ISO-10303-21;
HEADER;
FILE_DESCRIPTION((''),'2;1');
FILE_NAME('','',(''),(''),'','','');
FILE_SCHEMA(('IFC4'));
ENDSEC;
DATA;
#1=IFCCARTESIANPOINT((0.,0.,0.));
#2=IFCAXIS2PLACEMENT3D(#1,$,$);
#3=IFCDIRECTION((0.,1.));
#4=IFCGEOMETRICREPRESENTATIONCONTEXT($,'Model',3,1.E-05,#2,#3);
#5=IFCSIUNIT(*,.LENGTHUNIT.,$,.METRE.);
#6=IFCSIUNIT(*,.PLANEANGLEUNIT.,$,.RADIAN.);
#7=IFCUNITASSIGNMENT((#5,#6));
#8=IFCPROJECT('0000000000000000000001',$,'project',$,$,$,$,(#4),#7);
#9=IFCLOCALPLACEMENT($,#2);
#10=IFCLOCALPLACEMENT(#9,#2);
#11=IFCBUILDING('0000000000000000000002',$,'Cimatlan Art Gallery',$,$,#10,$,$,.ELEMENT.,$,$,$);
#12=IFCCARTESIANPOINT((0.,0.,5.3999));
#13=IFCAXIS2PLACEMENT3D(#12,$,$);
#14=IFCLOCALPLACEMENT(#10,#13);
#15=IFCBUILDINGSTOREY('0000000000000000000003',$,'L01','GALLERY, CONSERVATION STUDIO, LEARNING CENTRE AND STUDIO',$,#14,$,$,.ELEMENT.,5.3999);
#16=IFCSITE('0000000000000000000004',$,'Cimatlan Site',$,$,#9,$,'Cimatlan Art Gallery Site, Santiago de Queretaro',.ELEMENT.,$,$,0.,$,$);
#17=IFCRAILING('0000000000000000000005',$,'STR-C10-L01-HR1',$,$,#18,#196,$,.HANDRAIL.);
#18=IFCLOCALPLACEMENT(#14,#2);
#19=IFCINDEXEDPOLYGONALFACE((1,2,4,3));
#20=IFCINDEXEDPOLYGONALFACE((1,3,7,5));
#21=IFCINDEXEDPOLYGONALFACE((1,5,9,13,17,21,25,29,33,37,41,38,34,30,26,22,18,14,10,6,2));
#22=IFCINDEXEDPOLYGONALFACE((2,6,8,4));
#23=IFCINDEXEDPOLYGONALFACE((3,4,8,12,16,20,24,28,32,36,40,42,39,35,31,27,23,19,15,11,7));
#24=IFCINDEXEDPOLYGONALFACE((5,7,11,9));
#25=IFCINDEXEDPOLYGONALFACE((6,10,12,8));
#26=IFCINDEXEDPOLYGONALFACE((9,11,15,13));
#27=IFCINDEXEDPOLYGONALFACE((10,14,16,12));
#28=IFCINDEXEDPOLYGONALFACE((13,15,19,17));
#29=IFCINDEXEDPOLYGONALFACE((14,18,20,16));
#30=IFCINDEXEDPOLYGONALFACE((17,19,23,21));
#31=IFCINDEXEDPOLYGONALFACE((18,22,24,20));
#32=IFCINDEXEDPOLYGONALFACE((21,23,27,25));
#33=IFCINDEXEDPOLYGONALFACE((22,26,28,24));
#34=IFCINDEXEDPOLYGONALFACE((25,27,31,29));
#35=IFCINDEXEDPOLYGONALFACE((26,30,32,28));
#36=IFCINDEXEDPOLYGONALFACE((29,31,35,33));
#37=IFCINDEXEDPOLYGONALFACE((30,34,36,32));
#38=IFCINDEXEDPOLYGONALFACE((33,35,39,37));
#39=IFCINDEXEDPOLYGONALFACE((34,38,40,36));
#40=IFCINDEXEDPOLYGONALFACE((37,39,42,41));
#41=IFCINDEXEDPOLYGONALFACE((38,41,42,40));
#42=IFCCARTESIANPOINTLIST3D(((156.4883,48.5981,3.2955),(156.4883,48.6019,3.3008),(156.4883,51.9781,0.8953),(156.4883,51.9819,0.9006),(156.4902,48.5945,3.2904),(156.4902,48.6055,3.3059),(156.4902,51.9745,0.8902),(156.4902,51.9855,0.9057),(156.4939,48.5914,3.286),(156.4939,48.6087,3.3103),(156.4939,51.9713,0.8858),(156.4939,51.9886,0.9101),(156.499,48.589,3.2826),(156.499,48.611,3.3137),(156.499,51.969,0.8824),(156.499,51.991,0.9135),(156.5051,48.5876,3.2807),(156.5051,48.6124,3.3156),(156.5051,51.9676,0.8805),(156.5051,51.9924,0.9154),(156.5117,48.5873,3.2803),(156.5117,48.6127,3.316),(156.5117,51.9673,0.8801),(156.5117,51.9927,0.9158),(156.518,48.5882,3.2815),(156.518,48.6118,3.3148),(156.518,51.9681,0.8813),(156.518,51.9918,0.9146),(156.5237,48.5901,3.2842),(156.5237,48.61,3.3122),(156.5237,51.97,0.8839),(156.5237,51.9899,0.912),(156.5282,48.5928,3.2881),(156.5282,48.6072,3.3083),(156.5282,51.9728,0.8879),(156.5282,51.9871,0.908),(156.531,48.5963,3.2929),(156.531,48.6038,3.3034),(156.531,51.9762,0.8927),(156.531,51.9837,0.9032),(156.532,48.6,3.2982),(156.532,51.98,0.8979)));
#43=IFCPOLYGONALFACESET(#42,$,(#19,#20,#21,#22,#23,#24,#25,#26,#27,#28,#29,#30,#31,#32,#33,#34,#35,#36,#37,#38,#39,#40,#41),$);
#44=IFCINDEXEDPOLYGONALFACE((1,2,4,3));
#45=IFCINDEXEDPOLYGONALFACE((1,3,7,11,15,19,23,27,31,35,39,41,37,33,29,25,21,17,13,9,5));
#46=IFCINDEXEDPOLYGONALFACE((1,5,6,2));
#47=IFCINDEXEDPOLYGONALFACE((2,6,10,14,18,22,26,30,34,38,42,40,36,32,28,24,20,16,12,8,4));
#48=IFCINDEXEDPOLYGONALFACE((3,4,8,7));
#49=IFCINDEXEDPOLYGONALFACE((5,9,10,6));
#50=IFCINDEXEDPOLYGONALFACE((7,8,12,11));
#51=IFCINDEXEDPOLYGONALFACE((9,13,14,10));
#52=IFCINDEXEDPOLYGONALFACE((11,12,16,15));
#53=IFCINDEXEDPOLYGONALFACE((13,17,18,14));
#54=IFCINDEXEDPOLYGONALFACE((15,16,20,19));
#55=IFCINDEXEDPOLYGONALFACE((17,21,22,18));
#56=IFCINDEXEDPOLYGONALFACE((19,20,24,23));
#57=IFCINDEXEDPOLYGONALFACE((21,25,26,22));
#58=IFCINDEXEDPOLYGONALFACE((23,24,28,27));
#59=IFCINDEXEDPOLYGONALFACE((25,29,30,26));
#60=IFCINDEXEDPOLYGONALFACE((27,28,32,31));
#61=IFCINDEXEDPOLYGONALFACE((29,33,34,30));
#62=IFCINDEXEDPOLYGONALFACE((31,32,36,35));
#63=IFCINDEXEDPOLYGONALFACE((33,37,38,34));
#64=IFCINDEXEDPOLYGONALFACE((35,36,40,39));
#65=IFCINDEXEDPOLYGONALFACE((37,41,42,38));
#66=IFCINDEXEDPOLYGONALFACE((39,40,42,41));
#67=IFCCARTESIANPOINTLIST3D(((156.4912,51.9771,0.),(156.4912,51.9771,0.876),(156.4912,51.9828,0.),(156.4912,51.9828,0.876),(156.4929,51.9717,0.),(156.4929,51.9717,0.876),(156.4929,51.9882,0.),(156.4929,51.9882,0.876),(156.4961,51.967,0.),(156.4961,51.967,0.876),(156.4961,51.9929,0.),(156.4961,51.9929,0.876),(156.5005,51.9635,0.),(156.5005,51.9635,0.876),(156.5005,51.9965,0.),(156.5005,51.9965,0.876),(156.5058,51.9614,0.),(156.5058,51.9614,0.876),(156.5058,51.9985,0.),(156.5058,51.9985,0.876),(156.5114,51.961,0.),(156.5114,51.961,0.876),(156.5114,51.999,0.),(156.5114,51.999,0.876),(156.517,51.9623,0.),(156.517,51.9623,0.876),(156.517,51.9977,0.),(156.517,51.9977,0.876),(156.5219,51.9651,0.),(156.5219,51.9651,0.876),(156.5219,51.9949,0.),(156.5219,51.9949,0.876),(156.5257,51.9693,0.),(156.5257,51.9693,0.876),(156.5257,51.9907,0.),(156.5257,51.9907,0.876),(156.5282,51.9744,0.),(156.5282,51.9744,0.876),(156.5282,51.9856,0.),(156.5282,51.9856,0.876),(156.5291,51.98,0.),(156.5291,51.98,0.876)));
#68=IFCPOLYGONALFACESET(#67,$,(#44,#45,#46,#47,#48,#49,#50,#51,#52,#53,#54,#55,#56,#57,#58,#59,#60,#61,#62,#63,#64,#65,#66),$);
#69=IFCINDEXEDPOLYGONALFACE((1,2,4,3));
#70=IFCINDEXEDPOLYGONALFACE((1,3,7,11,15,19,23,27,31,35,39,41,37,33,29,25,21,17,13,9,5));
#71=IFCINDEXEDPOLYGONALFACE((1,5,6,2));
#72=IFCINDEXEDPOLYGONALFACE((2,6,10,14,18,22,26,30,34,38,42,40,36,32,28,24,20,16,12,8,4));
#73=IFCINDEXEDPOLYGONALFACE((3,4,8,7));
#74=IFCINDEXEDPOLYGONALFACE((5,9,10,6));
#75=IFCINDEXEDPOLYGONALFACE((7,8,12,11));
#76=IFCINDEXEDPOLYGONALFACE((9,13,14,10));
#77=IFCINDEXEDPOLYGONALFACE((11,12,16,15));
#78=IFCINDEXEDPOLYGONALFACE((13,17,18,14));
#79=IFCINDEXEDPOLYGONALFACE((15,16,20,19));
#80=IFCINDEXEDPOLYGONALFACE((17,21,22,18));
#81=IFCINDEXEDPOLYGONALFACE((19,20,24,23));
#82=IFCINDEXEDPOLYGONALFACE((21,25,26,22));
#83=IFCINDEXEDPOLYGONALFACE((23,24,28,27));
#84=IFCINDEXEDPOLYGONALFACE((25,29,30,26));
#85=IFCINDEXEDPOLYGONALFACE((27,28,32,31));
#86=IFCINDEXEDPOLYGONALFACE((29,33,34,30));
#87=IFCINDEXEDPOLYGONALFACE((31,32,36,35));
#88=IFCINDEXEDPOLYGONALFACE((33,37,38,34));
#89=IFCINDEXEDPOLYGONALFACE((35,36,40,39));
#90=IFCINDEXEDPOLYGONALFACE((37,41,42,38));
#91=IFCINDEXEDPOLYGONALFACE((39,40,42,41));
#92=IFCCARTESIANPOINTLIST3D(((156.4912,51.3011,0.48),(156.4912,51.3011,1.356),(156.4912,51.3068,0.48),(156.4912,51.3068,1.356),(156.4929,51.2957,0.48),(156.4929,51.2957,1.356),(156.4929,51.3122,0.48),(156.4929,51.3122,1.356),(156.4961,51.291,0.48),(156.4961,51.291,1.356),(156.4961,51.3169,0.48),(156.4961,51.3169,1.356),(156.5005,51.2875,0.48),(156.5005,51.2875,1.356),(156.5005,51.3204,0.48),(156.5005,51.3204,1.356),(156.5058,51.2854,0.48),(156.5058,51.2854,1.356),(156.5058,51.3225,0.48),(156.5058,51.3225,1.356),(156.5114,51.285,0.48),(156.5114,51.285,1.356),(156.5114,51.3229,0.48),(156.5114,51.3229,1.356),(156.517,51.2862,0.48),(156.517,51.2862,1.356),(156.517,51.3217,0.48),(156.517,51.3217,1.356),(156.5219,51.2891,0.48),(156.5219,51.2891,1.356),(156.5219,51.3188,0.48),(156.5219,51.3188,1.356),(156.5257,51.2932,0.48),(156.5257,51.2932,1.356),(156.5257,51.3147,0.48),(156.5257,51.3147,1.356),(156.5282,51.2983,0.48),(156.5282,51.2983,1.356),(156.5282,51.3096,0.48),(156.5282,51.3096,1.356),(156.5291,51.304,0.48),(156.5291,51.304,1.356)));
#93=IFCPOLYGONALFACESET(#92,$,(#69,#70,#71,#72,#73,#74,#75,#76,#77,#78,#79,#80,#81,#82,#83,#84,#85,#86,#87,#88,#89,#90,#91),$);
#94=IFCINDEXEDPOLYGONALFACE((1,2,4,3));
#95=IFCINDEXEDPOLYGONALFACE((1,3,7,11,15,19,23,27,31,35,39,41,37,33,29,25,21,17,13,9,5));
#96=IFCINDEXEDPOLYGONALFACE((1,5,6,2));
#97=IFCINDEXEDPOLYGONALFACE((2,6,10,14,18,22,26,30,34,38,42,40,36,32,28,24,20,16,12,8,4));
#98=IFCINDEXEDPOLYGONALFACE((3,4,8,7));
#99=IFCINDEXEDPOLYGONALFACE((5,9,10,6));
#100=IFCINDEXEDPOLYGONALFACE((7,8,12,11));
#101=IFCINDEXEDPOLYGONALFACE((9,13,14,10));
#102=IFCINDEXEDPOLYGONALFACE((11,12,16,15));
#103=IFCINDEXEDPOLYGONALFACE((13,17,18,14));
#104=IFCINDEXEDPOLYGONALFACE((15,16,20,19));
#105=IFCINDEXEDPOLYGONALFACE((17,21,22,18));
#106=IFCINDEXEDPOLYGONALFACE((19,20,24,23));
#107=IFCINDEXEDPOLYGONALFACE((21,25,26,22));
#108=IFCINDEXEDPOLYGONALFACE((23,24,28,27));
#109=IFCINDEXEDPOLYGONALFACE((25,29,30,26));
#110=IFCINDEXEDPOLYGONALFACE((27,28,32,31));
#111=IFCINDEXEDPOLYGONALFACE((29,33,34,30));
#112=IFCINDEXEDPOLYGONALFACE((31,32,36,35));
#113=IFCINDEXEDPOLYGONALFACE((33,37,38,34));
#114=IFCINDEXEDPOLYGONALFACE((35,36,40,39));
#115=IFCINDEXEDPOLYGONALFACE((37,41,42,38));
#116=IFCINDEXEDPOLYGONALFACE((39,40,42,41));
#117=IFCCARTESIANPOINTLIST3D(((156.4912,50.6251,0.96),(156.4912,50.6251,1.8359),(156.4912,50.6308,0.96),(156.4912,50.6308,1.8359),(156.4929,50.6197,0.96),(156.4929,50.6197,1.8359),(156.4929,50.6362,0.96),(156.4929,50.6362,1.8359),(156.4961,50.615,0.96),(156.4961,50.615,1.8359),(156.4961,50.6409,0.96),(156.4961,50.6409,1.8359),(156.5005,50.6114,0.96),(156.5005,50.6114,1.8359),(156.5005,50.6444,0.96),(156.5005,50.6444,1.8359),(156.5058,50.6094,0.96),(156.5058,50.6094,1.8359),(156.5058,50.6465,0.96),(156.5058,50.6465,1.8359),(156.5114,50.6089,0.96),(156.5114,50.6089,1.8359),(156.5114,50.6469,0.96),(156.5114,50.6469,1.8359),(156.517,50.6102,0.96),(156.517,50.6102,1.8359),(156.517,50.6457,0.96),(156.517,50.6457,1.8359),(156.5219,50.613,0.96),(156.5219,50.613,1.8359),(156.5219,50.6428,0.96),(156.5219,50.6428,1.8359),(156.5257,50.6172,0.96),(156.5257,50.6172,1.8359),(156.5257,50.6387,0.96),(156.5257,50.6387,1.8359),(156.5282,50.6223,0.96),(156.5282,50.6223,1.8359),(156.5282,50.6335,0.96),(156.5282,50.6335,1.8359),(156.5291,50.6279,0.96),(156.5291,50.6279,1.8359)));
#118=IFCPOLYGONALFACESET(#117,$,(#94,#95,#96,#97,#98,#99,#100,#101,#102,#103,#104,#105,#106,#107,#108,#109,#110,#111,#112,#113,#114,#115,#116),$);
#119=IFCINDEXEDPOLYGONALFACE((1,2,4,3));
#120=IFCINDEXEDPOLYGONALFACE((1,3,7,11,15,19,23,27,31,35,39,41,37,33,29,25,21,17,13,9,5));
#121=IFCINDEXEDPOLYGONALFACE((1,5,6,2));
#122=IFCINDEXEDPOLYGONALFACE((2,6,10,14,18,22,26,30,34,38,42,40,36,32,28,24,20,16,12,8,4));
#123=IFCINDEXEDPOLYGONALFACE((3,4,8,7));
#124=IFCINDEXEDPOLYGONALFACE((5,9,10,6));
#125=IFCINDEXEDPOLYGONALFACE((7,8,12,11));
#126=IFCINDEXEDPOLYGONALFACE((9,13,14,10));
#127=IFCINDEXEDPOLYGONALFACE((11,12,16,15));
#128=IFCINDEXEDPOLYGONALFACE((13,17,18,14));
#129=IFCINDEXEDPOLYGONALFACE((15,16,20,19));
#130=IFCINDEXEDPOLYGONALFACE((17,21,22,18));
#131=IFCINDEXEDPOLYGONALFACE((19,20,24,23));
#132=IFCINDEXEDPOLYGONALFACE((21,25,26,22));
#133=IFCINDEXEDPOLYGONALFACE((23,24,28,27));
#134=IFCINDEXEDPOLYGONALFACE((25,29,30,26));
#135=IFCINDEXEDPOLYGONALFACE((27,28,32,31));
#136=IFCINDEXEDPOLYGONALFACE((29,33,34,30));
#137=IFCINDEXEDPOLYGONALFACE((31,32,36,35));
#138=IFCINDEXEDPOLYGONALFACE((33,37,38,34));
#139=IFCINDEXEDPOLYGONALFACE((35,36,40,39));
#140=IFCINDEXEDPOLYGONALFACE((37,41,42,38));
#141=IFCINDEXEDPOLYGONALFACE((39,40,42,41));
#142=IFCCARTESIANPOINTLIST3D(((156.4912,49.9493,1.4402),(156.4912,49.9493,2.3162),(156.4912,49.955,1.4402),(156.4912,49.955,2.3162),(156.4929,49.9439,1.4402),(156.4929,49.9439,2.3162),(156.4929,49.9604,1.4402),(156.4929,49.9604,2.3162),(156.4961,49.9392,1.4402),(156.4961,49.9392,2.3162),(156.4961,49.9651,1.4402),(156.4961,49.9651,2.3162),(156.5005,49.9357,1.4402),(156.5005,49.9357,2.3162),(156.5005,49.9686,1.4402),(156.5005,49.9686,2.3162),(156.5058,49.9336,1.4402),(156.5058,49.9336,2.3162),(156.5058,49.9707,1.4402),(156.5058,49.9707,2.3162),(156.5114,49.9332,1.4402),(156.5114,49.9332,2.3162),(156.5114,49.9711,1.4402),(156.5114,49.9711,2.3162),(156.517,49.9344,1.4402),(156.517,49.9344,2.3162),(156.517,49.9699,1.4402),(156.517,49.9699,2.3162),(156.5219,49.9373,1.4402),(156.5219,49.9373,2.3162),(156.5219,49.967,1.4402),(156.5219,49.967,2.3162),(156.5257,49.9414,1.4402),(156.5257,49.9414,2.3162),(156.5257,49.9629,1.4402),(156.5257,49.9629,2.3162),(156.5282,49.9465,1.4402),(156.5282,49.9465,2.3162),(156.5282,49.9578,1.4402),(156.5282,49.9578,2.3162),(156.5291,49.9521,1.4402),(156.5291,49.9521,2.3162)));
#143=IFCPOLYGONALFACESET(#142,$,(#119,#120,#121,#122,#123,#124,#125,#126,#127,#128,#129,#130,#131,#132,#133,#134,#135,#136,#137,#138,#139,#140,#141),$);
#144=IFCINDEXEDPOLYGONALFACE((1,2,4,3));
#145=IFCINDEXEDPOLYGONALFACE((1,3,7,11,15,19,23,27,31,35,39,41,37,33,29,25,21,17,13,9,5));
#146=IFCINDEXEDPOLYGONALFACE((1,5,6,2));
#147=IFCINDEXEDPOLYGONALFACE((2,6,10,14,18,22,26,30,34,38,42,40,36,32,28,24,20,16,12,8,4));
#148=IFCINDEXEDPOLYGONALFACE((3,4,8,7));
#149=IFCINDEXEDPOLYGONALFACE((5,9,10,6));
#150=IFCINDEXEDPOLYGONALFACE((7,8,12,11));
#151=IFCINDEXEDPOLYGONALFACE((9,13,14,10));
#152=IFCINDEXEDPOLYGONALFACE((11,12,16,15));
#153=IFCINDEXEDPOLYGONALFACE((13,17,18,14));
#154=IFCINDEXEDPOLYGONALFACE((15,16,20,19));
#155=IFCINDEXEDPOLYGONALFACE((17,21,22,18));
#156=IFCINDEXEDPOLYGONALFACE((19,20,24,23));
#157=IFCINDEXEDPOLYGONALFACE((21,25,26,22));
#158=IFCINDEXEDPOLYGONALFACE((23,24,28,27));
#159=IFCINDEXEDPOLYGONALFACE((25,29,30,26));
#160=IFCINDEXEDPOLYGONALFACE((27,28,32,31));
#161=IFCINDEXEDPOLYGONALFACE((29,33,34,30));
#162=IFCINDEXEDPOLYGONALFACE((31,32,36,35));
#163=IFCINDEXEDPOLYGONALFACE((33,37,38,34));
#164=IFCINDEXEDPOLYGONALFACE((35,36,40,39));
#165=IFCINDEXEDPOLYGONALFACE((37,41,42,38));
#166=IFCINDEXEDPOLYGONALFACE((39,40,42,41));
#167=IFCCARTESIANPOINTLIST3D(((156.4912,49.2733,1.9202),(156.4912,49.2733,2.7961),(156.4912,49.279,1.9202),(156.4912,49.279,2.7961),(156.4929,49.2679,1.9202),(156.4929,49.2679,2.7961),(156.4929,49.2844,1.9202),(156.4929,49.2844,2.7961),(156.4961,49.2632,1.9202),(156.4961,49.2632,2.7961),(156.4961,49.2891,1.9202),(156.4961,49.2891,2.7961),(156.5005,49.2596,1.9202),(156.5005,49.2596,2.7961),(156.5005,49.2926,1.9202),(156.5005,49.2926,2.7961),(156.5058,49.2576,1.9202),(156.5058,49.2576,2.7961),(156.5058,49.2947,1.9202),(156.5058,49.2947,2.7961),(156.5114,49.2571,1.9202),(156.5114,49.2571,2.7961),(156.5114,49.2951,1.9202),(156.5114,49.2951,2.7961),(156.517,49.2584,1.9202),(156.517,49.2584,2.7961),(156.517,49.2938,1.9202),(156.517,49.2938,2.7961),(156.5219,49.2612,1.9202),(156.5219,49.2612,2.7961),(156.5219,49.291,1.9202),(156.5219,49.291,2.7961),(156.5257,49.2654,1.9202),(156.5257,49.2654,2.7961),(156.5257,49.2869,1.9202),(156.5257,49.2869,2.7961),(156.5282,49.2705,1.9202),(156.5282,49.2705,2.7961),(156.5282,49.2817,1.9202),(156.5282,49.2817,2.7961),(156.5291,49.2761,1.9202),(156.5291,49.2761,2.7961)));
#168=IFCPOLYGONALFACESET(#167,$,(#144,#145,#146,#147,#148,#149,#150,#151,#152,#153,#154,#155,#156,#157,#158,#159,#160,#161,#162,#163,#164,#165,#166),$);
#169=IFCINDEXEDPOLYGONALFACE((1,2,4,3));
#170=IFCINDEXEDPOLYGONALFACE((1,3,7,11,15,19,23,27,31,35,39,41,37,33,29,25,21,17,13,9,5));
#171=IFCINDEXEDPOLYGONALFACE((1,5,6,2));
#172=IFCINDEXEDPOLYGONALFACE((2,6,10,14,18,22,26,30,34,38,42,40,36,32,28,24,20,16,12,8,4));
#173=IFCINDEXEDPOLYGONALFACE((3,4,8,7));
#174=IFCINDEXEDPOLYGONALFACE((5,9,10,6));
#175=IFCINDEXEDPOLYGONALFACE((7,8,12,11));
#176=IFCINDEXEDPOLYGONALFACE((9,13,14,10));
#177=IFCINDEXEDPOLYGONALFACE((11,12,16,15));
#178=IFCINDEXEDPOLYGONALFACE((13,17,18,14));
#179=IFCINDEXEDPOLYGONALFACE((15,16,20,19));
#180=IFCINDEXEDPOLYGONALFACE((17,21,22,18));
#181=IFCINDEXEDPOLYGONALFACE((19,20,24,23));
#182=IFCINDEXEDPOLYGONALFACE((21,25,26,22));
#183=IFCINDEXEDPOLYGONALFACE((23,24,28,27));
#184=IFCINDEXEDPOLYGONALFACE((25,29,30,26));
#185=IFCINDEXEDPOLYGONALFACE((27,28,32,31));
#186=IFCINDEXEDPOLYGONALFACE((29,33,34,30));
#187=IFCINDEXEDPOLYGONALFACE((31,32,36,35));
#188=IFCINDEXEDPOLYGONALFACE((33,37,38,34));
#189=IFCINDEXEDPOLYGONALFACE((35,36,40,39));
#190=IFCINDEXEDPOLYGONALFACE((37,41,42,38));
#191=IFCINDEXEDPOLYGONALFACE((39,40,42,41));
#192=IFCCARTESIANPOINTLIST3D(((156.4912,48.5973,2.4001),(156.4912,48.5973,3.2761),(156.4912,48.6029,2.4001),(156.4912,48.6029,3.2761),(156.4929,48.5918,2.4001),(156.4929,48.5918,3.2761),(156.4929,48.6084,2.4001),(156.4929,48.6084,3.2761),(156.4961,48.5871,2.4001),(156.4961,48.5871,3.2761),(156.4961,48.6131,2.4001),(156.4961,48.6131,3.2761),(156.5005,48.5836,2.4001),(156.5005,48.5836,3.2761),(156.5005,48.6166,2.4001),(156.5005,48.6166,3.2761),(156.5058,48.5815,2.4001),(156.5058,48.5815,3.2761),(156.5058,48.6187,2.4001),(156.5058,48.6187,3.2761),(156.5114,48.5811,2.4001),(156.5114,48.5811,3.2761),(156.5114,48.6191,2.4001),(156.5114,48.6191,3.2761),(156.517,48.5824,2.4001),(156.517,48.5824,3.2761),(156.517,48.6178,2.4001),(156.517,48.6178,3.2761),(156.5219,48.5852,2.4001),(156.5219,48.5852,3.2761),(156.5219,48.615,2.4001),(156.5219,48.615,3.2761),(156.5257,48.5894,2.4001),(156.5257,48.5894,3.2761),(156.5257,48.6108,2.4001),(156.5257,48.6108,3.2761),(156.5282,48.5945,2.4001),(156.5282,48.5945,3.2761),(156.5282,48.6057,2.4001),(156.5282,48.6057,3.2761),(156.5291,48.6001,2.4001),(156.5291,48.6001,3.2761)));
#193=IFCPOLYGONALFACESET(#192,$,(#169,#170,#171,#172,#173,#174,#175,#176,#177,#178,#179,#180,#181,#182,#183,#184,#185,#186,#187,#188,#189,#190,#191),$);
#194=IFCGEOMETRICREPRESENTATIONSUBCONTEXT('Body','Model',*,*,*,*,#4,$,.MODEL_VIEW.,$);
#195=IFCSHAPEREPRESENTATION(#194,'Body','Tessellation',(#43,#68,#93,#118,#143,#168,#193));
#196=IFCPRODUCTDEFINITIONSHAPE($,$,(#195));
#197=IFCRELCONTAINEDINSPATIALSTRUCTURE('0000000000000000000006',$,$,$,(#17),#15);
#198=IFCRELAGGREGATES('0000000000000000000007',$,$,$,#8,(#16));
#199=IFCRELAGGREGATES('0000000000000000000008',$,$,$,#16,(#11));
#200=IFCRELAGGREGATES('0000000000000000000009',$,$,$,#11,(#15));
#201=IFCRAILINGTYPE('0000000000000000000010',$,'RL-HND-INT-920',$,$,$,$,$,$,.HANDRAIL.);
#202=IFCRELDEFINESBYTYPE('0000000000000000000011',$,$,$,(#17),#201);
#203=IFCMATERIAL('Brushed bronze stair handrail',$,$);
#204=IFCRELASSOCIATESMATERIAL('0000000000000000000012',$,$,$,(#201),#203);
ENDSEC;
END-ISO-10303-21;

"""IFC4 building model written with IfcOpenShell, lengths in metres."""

from ifc_helpers import new_model, si_unit, direction, frame, origin, origin_2d, place, context, subcontext, project, spatial, circle, extrude, material, type_object, element, save


model = new_model("IFC4")

# Units and contexts
model_context = context("Model", 3, precision=1e-05, world=origin(), true_north=direction((0.0, 1.0)))
body_context = subcontext(model_context, "Body", "Model", "MODEL_VIEW")
ifc_project = project(units=[si_unit("LENGTHUNIT", "METRE"), si_unit("PLANEANGLEUNIT", "RADIAN")], contexts=[model_context])

# Site, building, storey
site_placement = place(None, origin())
site = spatial("IfcSite", under=ifc_project, at=site_placement, Name="Cimatlan Site", LongName="Cimatlan Art Gallery Site, Santiago de Queretaro", CompositionType="ELEMENT", RefElevation=0.0)
building_placement = place(site_placement, origin())
building = spatial("IfcBuilding", under=site, at=building_placement, Name="Cimatlan Art Gallery", CompositionType="ELEMENT")
storey_placement = place(building_placement, frame((0.0, 0.0, 5.3999)))
storey = spatial("IfcBuildingStorey", under=building, at=storey_placement, Name="L01", Description="GALLERY, CONSERVATION STUDIO, LEARNING CENTRE AND STUDIO", CompositionType="ELEMENT", Elevation=5.3999)

# Railing
ifc_material_1 = material(Name="Brushed bronze stair handrail")
railing_type_1 = type_object("IfcRailingType", Name="RL-HND-INT-920", PredefinedType="HANDRAIL", material=ifc_material_1)
railing_1_placement = place(storey_placement, frame((156.51, 51.98, 0.0)))
element("IfcRailing", 1, at=railing_1_placement, inside=storey, type_object=railing_type_1, Name="STR-C10-L01-HR1", PredefinedType="HANDRAIL", context=body_context, shape_type="SweptSolid", body=[
    extrude(circle(Radius=0.022, at=origin_2d()), frame((0.0, 0.0, 0.8979), z_axis=(0.0, -0.815334, 0.578991), x_axis=(1.0, 0.0, 0.0)), (0.0, 0.0, 1.0), 4.1455),
    extrude(circle(Radius=0.019, at=origin_2d()), origin(), (0.0, 0.0, 1.0), 0.876),
    extrude(circle(Radius=0.019, at=origin_2d()), frame((0.0, -0.676, 0.48)), (0.0, 0.0, 1.0), 0.876),
    extrude(circle(Radius=0.019, at=origin_2d()), frame((0.0, -1.3521, 0.96)), (0.0, 0.0, 1.0), 0.876),
    extrude(circle(Radius=0.019, at=origin_2d()), frame((0.0, -2.0278, 1.4402)), (0.0, 0.0, 1.0), 0.876),
    extrude(circle(Radius=0.019, at=origin_2d()), frame((0.0, -2.7039, 1.9202)), (0.0, 0.0, 1.0), 0.876),
    extrude(circle(Radius=0.019, at=origin_2d()), frame((0.0, -3.3799, 2.4001)), (0.0, 0.0, 1.0), 0.876),
])

save(model, "model.ifc")
